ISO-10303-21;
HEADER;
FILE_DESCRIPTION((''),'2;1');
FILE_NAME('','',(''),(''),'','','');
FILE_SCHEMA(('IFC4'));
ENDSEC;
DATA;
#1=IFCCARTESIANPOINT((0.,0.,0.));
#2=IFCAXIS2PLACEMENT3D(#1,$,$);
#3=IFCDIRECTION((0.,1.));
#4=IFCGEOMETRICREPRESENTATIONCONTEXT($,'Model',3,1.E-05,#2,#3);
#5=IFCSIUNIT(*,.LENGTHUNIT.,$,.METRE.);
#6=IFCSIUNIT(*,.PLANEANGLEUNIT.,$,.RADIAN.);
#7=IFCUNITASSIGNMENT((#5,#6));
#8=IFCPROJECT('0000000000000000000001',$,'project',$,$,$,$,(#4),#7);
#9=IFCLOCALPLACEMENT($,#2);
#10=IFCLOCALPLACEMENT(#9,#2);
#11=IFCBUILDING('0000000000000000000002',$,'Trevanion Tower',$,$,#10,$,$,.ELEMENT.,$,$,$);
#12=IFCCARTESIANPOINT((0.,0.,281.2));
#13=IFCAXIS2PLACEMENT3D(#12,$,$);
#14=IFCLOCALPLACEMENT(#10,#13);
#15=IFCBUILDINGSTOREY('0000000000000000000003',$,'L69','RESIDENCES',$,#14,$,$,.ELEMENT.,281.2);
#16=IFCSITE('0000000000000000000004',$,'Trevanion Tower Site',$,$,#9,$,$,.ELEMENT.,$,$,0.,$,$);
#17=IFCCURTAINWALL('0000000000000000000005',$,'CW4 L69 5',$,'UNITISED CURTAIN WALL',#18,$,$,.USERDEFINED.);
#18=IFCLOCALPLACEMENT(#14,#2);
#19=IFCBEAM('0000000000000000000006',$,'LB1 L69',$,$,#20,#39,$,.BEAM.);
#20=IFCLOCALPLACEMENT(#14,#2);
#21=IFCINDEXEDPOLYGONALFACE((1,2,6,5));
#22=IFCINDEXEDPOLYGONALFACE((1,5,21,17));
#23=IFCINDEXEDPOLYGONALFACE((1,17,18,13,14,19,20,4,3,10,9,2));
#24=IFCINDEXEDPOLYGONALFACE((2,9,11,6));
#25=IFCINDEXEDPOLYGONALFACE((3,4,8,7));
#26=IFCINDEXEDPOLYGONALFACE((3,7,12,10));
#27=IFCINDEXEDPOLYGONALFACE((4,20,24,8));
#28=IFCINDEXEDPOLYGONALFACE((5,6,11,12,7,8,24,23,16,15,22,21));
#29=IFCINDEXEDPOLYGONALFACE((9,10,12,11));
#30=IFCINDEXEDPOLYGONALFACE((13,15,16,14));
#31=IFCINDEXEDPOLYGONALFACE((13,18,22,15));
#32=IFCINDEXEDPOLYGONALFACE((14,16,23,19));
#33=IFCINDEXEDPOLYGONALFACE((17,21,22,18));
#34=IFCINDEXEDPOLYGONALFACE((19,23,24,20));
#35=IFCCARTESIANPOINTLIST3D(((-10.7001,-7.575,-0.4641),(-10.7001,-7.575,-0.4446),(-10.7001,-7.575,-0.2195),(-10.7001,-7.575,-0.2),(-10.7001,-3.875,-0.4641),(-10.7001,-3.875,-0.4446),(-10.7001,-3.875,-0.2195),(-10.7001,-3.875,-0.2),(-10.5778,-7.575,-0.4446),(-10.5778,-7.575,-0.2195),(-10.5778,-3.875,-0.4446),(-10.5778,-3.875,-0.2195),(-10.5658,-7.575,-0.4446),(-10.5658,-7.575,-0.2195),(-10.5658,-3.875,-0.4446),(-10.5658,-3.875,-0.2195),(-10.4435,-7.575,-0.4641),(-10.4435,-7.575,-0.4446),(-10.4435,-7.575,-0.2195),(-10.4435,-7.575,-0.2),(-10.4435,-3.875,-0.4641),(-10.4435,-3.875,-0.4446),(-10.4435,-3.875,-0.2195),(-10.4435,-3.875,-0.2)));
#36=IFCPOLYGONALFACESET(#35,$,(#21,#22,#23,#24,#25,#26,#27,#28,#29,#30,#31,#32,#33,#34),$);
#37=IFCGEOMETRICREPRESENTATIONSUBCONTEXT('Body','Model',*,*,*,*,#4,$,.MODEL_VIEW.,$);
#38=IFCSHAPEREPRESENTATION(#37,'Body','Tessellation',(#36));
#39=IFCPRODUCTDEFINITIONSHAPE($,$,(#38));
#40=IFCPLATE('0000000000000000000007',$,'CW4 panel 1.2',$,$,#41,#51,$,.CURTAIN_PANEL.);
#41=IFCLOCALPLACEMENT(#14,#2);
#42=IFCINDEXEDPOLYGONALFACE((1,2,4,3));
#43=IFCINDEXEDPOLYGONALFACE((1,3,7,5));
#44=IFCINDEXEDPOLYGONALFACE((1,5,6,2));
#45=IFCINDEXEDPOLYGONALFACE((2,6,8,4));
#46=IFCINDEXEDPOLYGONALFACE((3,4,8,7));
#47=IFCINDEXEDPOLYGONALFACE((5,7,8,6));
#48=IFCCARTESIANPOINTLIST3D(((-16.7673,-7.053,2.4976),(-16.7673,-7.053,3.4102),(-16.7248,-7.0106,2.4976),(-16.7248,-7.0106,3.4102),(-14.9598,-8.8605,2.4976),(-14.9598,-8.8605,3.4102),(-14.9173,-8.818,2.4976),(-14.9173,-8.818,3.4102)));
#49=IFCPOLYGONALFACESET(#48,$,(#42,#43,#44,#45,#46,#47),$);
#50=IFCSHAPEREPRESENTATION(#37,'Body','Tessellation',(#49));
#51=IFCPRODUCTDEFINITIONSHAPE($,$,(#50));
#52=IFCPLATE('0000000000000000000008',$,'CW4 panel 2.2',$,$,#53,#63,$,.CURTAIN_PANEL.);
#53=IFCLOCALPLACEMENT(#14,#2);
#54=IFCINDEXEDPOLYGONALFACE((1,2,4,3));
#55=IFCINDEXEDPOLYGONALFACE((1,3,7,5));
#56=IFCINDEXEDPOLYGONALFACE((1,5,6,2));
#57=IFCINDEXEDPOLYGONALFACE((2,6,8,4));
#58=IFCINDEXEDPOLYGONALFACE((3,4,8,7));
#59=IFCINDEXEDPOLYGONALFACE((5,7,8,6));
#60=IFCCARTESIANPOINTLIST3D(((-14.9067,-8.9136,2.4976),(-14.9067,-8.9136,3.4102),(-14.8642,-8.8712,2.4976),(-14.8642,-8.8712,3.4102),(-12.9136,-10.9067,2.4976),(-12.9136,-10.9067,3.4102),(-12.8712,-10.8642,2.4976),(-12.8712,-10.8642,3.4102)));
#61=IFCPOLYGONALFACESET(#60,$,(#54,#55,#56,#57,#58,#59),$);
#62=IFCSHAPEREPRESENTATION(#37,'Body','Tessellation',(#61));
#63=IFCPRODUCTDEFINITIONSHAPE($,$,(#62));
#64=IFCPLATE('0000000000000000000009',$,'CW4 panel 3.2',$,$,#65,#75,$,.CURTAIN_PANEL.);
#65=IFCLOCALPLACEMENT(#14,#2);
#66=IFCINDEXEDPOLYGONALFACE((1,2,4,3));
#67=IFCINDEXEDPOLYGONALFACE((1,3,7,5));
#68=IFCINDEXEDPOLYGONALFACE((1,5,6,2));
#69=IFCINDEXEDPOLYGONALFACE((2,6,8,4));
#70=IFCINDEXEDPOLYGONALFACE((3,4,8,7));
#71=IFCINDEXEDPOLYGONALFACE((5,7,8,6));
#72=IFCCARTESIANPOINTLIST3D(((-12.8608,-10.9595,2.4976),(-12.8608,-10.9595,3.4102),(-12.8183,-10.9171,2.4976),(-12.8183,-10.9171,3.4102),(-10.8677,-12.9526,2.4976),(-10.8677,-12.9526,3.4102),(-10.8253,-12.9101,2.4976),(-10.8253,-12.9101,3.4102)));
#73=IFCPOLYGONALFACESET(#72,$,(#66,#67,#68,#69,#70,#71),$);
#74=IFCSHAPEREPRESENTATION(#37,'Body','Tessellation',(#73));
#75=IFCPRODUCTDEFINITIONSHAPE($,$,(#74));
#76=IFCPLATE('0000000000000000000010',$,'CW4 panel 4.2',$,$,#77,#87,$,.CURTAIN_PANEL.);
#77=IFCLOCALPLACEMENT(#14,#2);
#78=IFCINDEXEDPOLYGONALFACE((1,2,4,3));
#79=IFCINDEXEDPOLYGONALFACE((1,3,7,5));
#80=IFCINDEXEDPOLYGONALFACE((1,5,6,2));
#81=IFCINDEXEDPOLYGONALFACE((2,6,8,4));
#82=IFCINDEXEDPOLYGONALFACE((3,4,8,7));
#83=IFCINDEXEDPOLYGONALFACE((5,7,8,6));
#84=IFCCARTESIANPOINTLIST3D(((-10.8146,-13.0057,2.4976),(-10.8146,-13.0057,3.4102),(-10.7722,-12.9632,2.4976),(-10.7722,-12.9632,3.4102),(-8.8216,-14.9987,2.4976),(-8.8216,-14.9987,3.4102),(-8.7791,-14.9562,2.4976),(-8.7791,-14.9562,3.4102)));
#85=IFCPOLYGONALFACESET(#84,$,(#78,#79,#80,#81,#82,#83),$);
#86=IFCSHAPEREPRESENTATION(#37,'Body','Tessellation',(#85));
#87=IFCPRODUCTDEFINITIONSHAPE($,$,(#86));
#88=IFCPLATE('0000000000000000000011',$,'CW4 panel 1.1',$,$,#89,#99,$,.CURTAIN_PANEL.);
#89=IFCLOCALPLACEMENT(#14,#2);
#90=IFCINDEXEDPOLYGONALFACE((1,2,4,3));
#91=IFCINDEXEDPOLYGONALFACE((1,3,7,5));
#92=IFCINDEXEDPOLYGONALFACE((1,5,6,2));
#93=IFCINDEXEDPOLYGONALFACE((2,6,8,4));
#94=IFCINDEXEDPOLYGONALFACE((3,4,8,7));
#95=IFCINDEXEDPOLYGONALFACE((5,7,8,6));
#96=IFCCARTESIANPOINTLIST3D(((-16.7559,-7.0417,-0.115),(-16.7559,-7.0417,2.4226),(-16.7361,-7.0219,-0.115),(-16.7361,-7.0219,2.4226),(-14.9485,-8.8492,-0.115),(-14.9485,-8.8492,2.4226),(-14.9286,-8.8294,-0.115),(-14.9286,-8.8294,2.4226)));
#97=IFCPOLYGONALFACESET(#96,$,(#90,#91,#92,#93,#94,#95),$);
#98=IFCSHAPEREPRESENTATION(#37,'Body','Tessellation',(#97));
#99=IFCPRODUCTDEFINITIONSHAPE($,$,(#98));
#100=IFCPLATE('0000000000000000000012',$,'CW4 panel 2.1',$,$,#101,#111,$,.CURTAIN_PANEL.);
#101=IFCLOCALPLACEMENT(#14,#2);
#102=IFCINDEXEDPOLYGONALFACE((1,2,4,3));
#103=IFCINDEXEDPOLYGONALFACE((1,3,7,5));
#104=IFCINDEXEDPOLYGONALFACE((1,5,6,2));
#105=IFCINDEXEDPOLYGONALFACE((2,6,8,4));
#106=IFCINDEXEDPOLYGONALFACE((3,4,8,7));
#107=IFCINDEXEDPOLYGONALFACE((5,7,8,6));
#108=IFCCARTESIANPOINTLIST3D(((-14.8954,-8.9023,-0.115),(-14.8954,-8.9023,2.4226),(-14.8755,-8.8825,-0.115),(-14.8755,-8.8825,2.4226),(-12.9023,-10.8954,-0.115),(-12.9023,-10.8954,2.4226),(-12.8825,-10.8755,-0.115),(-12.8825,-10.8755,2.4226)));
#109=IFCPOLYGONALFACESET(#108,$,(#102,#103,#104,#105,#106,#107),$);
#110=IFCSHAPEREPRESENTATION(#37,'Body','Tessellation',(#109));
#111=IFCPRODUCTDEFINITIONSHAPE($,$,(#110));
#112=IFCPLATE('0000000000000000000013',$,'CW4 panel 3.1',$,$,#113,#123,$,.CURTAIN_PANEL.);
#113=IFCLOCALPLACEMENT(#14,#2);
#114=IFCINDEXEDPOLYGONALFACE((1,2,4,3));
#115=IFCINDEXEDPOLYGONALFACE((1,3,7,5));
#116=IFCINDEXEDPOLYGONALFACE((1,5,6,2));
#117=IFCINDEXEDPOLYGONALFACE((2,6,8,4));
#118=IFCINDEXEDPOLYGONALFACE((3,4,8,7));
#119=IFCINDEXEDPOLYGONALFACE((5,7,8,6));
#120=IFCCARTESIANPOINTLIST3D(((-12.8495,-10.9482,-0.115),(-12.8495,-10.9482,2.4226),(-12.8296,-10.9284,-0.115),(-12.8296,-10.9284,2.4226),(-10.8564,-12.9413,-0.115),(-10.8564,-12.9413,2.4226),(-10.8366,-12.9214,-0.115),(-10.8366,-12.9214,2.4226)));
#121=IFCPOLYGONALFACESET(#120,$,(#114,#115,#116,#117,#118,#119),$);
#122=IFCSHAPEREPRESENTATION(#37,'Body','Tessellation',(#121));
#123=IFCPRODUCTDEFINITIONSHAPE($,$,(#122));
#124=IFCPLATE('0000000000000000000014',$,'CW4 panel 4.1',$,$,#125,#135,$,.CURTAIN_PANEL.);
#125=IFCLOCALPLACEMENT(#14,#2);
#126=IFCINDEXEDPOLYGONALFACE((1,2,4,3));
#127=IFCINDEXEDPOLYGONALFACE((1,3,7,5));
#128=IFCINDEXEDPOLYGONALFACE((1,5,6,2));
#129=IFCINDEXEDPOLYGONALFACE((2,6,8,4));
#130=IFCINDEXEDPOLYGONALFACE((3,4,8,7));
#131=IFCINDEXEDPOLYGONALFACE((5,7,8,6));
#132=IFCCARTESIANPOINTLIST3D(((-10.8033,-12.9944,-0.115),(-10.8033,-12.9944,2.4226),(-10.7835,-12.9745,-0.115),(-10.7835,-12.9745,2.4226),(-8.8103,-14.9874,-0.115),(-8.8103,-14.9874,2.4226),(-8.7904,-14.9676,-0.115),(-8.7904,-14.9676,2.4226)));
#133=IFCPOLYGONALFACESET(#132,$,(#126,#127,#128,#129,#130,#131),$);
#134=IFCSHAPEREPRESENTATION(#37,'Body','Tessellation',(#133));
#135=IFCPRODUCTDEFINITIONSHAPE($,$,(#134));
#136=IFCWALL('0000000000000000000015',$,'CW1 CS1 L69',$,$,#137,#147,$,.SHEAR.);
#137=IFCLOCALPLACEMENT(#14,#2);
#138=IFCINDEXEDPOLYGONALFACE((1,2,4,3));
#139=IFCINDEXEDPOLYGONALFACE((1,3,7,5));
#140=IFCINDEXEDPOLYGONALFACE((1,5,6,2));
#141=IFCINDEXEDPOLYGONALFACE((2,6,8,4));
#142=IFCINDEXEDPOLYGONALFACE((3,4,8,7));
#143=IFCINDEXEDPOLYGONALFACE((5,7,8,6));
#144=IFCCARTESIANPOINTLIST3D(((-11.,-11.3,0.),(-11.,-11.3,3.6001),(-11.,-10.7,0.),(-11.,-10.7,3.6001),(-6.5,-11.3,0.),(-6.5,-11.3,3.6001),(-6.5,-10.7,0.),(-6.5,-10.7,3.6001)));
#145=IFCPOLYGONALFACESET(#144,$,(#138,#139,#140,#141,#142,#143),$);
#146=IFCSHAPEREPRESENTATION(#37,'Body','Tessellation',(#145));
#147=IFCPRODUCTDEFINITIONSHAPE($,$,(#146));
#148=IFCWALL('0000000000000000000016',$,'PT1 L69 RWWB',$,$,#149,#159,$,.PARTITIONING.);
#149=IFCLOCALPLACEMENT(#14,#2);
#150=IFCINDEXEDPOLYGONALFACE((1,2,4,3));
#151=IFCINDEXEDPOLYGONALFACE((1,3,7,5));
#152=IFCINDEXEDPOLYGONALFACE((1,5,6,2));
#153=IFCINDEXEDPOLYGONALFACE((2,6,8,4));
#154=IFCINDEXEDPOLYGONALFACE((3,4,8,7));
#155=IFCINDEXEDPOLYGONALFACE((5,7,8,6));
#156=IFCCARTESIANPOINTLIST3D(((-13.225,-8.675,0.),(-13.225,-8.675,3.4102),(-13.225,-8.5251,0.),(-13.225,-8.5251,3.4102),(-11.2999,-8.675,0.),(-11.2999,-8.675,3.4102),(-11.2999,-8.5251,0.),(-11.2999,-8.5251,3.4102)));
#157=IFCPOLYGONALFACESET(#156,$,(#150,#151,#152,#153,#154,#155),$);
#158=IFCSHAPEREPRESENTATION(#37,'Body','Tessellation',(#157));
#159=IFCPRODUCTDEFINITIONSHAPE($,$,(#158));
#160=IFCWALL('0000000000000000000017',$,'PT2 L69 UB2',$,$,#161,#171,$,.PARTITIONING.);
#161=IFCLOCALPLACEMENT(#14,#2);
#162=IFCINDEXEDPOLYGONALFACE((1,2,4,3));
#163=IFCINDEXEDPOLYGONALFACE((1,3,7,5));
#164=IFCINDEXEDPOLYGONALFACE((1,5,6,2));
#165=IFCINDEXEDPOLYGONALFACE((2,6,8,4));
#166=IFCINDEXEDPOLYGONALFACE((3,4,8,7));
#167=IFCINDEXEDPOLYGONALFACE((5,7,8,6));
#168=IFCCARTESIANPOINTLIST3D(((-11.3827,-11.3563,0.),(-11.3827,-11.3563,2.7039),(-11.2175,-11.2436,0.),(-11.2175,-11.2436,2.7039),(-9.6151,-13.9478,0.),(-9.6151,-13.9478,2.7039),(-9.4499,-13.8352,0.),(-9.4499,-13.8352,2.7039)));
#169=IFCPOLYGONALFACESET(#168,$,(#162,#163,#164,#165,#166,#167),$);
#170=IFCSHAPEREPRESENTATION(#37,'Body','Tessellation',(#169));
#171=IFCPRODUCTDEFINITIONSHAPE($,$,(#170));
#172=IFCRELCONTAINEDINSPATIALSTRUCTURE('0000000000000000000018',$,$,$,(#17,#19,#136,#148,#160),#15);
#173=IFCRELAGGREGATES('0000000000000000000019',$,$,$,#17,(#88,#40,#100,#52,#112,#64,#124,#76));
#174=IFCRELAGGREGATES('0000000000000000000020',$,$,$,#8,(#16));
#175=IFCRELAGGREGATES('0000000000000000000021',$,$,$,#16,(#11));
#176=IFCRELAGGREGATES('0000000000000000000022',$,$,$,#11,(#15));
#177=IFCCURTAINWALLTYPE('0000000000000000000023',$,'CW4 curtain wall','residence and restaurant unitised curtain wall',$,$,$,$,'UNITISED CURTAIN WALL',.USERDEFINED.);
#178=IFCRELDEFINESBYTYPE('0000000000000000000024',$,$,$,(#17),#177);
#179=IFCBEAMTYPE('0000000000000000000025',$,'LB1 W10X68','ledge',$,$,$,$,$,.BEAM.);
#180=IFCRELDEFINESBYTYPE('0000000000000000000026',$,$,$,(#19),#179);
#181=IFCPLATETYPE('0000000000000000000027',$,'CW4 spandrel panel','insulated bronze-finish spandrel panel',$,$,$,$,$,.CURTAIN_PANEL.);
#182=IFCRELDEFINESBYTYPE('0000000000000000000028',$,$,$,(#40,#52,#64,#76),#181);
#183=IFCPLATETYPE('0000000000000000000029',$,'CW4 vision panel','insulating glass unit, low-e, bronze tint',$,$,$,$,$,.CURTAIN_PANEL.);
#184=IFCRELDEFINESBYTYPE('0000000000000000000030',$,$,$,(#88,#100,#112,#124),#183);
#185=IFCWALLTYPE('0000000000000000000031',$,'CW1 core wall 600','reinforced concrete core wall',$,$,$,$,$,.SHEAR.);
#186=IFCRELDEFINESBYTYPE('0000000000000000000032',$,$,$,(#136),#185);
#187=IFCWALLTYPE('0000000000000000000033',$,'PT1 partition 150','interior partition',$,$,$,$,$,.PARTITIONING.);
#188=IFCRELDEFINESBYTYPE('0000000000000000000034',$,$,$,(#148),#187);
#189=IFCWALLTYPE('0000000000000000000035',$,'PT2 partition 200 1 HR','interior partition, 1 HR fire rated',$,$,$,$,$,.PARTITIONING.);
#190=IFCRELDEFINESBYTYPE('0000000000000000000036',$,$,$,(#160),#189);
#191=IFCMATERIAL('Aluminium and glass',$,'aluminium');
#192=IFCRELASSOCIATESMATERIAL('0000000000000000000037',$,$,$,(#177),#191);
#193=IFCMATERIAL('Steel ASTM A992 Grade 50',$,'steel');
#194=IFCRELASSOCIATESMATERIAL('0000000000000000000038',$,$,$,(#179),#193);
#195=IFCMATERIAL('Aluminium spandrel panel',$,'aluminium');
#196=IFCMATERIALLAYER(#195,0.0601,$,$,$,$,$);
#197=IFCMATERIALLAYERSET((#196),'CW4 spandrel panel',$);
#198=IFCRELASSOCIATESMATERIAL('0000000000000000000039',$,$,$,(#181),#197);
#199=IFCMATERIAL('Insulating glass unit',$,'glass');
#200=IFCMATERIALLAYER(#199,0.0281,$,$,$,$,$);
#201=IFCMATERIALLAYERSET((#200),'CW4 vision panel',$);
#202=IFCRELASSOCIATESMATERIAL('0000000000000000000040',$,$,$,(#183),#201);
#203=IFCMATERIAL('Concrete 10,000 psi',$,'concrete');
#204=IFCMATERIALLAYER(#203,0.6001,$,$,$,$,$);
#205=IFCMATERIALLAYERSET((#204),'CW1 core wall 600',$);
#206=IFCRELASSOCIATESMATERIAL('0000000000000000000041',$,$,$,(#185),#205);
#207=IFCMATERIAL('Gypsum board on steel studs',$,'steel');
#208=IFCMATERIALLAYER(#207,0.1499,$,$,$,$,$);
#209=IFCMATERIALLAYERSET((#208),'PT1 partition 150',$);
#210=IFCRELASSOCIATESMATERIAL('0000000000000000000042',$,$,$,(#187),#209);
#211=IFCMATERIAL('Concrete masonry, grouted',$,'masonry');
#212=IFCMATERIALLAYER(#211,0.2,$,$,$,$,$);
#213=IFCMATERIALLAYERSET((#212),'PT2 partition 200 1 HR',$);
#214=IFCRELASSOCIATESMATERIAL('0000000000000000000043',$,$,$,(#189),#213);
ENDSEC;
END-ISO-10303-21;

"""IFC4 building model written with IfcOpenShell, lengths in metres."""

from ifc_helpers import new_model, si_unit, direction, frame, frame_2d, origin, origin_2d, place, context, subcontext, project, spatial, rectangle, i_section, extrude, material, layer, layer_set, material_profile, profile_set, type_object, element, aggregate, save


model = new_model("IFC4")

# Units and contexts
model_context = context("Model", 3, precision=1e-05, world=origin(), true_north=direction((0.0, 1.0)))
body_context = subcontext(model_context, "Body", "Model", "MODEL_VIEW")
ifc_project = project(units=[si_unit("LENGTHUNIT", "METRE"), si_unit("PLANEANGLEUNIT", "RADIAN")], contexts=[model_context])

# Site, building, storey
site_placement = place(None, origin())
site = spatial("IfcSite", under=ifc_project, at=site_placement, Name="Trevanion Tower Site", CompositionType="ELEMENT", RefElevation=0.0)
building_placement = place(site_placement, origin())
building = spatial("IfcBuilding", under=site, at=building_placement, Name="Trevanion Tower", CompositionType="ELEMENT")
storey_placement = place(building_placement, frame((0.0, 0.0, 281.2)))
storey = spatial("IfcBuildingStorey", under=building, at=storey_placement, Name="L69", Description="RESIDENCES", CompositionType="ELEMENT", Elevation=281.2)

# Curtain wall
ifc_material_1 = material(Name="Aluminium and glass", Category="aluminium")
curtain_wall_type = type_object("IfcCurtainWallType", Name="CW4 curtain wall", Description="residence and restaurant unitised curtain wall", ElementType="UNITISED CURTAIN WALL", PredefinedType="USERDEFINED", material=ifc_material_1)
curtain_wall_placement = place(storey_placement, origin())
curtain_wall = element("IfcCurtainWall", 1, at=curtain_wall_placement, inside=storey, type_object=curtain_wall_type, Name="CW4 L69 5", ObjectType="UNITISED CURTAIN WALL", PredefinedType="USERDEFINED")

# Beam
ifc_material_2 = material(Name="Steel ASTM A992 Grade 50", Category="steel")
ifc_material_profile_1 = material_profile(ifc_material_2, i_section(OverallWidth=0.2566, OverallDepth=0.2642, WebThickness=0.012, FlangeThickness=0.0195, at=origin_2d()), Name="W10X68")
ifc_profile_set_1 = profile_set([ifc_material_profile_1], Name="Steel ASTM A992 Grade 50")
beam_type = type_object("IfcBeamType", Name="LB1 W10X68", Description="ledge", PredefinedType="BEAM", material=ifc_profile_set_1)
beam_placement = place(storey_placement, frame((-10.5718, -7.575, -0.332), z_axis=(0.0, 1.0, 0.0), x_axis=(-1.0, 0.0, 0.0)))
element("IfcBeam", 2, at=beam_placement, inside=storey, type_object=beam_type, Name="LB1 L69", PredefinedType="BEAM", context=body_context, shape_type="SweptSolid", body=[
    extrude(i_section(OverallWidth=0.2566, OverallDepth=0.2642, WebThickness=0.012, FlangeThickness=0.0195, at=origin_2d()), origin(), (0.0, 0.0, 1.0), 3.7),
])

# Plates
ifc_material_3 = material(Name="Aluminium spandrel panel", Category="aluminium")
ifc_layer_1 = layer(ifc_material_3, 0.0601)
ifc_layer_set_1 = layer_set([ifc_layer_1], Name="CW4 spandrel panel")
plate_type_1 = type_object("IfcPlateType", Name="CW4 spandrel panel", Description="insulated bronze-finish spandrel panel", PredefinedType="CURTAIN_PANEL", material=ifc_layer_set_1)
plate_1_placement = place(storey_placement, frame((-15.8423, -7.9355, 2.4976), z_axis=(0.0, 0.0, 1.0), x_axis=(0.707107, -0.707107, 0.0)))
plate_1 = element("IfcPlate", 3, at=plate_1_placement, type_object=plate_type_1, Name="CW4 panel 1.2", PredefinedType="CURTAIN_PANEL", context=body_context, shape_type="SweptSolid", body=[
    extrude(rectangle(XDim=2.5562, YDim=0.0601, at=origin_2d()), origin(), (0.0, 0.0, 1.0), 0.9126),
])
plate_2_placement = place(storey_placement, frame((-13.8889, -9.8889, 2.4976), z_axis=(0.0, 0.0, 1.0), x_axis=(0.707107, -0.707107, 0.0)))
plate_2 = element("IfcPlate", 4, at=plate_2_placement, type_object=plate_type_1, Name="CW4 panel 2.2", PredefinedType="CURTAIN_PANEL", context=body_context, shape_type="SweptSolid", body=[
    extrude(rectangle(XDim=2.8186, YDim=0.0601, at=origin_2d()), origin(), (0.0, 0.0, 1.0), 0.9126),
])
plate_3_placement = place(storey_placement, frame((-11.843, -11.9348, 2.4976), z_axis=(0.0, 0.0, 1.0), x_axis=(0.707107, -0.707107, 0.0)))
plate_3 = element("IfcPlate", 5, at=plate_3_placement, type_object=plate_type_1, Name="CW4 panel 3.2", PredefinedType="CURTAIN_PANEL", context=body_context, shape_type="SweptSolid", body=[
    extrude(rectangle(XDim=2.8186, YDim=0.0601, at=origin_2d()), origin(), (0.0, 0.0, 1.0), 0.9126),
])
plate_4_placement = place(storey_placement, frame((-9.7969, -13.981, 2.4976), z_axis=(0.0, 0.0, 1.0), x_axis=(0.707107, -0.707107, 0.0)))
plate_4 = element("IfcPlate", 6, at=plate_4_placement, type_object=plate_type_1, Name="CW4 panel 4.2", PredefinedType="CURTAIN_PANEL", context=body_context, shape_type="SweptSolid", body=[
    extrude(rectangle(XDim=2.8186, YDim=0.0601, at=origin_2d()), origin(), (0.0, 0.0, 1.0), 0.9126),
])
ifc_material_4 = material(Name="Insulating glass unit", Category="glass")
ifc_layer_2 = layer(ifc_material_4, 0.0281)
ifc_layer_set_2 = layer_set([ifc_layer_2], Name="CW4 vision panel")
plate_type_2 = type_object("IfcPlateType", Name="CW4 vision panel", Description="insulating glass unit, low-e, bronze tint", PredefinedType="CURTAIN_PANEL", material=ifc_layer_set_2)
plate_5_placement = place(storey_placement, frame((-15.8423, -7.9355, -0.115), z_axis=(0.0, 0.0, 1.0), x_axis=(0.707107, -0.707107, 0.0)))
plate_5 = element("IfcPlate", 7, at=plate_5_placement, type_object=plate_type_2, Name="CW4 panel 1.1", PredefinedType="CURTAIN_PANEL", context=body_context, shape_type="SweptSolid", body=[
    extrude(rectangle(XDim=2.5562, YDim=0.0281, at=origin_2d()), origin(), (0.0, 0.0, 1.0), 2.5376),
])
plate_6_placement = place(storey_placement, frame((-13.8889, -9.8889, -0.115), z_axis=(0.0, 0.0, 1.0), x_axis=(0.707107, -0.707107, 0.0)))
plate_6 = element("IfcPlate", 8, at=plate_6_placement, type_object=plate_type_2, Name="CW4 panel 2.1", PredefinedType="CURTAIN_PANEL", context=body_context, shape_type="SweptSolid", body=[
    extrude(rectangle(XDim=2.8186, YDim=0.0281, at=origin_2d()), origin(), (0.0, 0.0, 1.0), 2.5376),
])
plate_7_placement = place(storey_placement, frame((-11.843, -11.9348, -0.115), z_axis=(0.0, 0.0, 1.0), x_axis=(0.707107, -0.707107, 0.0)))
plate_7 = element("IfcPlate", 9, at=plate_7_placement, type_object=plate_type_2, Name="CW4 panel 3.1", PredefinedType="CURTAIN_PANEL", context=body_context, shape_type="SweptSolid", body=[
    extrude(rectangle(XDim=2.8186, YDim=0.0281, at=origin_2d()), origin(), (0.0, 0.0, 1.0), 2.5376),
])
plate_8_placement = place(storey_placement, frame((-9.7969, -13.981, -0.115), z_axis=(0.0, 0.0, 1.0), x_axis=(0.707107, -0.707107, 0.0)))
plate_8 = element("IfcPlate", 10, at=plate_8_placement, type_object=plate_type_2, Name="CW4 panel 4.1", PredefinedType="CURTAIN_PANEL", context=body_context, shape_type="SweptSolid", body=[
    extrude(rectangle(XDim=2.8186, YDim=0.0281, at=origin_2d()), origin(), (0.0, 0.0, 1.0), 2.5376),
])
aggregate(curtain_wall, [plate_5, plate_1, plate_6, plate_2, plate_7, plate_3, plate_8, plate_4])

# Walls
ifc_material_5 = material(Name="Concrete 10,000 psi", Category="concrete")
ifc_layer_3 = layer(ifc_material_5, 0.6001)
ifc_layer_set_3 = layer_set([ifc_layer_3], Name="CW1 core wall 600")
wall_type_1 = type_object("IfcWallType", Name="CW1 core wall 600", Description="reinforced concrete core wall", PredefinedType="SHEAR", material=ifc_layer_set_3)
wall_1_placement = place(storey_placement, frame((-11.0, -11.0, 0.0), z_axis=(0.0, 0.0, 1.0), x_axis=(1.0, 0.0, 0.0)))
element("IfcWall", 11, at=wall_1_placement, inside=storey, type_object=wall_type_1, Name="CW1 CS1 L69", PredefinedType="SHEAR", context=body_context, shape_type="SweptSolid", body=[
    extrude(rectangle(XDim=4.5, YDim=0.6001, at=frame_2d((2.25, 0.0))), origin(), (0.0, 0.0, 1.0), 3.6001),
])
ifc_material_6 = material(Name="Gypsum board on steel studs", Category="steel")
ifc_layer_4 = layer(ifc_material_6, 0.1499)
ifc_layer_set_4 = layer_set([ifc_layer_4], Name="PT1 partition 150")
wall_type_2 = type_object("IfcWallType", Name="PT1 partition 150", Description="interior partition", PredefinedType="PARTITIONING", material=ifc_layer_set_4)
wall_2_placement = place(storey_placement, frame((-11.3, -8.6001, 0.0), z_axis=(0.0, 0.0, 1.0), x_axis=(-1.0, 0.0, 0.0)))
element("IfcWall", 12, at=wall_2_placement, inside=storey, type_object=wall_type_2, Name="PT1 L69 RWWB", PredefinedType="PARTITIONING", context=body_context, shape_type="SweptSolid", body=[
    extrude(rectangle(XDim=1.925, YDim=0.1499, at=frame_2d((0.9624, 0.0))), origin(), (0.0, 0.0, 1.0), 3.4102),
])
ifc_material_7 = material(Name="Concrete masonry, grouted", Category="masonry")
ifc_layer_5 = layer(ifc_material_7, 0.2)
ifc_layer_set_5 = layer_set([ifc_layer_5], Name="PT2 partition 200 1 HR")
wall_type_3 = type_object("IfcWallType", Name="PT2 partition 200 1 HR", Description="interior partition, 1 HR fire rated", PredefinedType="PARTITIONING", material=ifc_layer_set_5)
wall_3_placement = place(storey_placement, frame((-11.3, -11.3, 0.0), z_axis=(0.0, 0.0, 1.0), x_axis=(0.56347, -0.826137, 0.0)))
element("IfcWall", 13, at=wall_3_placement, inside=storey, type_object=wall_type_3, Name="PT2 L69 UB2", PredefinedType="PARTITIONING", context=body_context, shape_type="SweptSolid", body=[
    extrude(rectangle(XDim=3.137, YDim=0.2, at=frame_2d((1.5684, 0.0))), origin(), (0.0, 0.0, 1.0), 2.7039),
])

save(model, "model.ifc")
